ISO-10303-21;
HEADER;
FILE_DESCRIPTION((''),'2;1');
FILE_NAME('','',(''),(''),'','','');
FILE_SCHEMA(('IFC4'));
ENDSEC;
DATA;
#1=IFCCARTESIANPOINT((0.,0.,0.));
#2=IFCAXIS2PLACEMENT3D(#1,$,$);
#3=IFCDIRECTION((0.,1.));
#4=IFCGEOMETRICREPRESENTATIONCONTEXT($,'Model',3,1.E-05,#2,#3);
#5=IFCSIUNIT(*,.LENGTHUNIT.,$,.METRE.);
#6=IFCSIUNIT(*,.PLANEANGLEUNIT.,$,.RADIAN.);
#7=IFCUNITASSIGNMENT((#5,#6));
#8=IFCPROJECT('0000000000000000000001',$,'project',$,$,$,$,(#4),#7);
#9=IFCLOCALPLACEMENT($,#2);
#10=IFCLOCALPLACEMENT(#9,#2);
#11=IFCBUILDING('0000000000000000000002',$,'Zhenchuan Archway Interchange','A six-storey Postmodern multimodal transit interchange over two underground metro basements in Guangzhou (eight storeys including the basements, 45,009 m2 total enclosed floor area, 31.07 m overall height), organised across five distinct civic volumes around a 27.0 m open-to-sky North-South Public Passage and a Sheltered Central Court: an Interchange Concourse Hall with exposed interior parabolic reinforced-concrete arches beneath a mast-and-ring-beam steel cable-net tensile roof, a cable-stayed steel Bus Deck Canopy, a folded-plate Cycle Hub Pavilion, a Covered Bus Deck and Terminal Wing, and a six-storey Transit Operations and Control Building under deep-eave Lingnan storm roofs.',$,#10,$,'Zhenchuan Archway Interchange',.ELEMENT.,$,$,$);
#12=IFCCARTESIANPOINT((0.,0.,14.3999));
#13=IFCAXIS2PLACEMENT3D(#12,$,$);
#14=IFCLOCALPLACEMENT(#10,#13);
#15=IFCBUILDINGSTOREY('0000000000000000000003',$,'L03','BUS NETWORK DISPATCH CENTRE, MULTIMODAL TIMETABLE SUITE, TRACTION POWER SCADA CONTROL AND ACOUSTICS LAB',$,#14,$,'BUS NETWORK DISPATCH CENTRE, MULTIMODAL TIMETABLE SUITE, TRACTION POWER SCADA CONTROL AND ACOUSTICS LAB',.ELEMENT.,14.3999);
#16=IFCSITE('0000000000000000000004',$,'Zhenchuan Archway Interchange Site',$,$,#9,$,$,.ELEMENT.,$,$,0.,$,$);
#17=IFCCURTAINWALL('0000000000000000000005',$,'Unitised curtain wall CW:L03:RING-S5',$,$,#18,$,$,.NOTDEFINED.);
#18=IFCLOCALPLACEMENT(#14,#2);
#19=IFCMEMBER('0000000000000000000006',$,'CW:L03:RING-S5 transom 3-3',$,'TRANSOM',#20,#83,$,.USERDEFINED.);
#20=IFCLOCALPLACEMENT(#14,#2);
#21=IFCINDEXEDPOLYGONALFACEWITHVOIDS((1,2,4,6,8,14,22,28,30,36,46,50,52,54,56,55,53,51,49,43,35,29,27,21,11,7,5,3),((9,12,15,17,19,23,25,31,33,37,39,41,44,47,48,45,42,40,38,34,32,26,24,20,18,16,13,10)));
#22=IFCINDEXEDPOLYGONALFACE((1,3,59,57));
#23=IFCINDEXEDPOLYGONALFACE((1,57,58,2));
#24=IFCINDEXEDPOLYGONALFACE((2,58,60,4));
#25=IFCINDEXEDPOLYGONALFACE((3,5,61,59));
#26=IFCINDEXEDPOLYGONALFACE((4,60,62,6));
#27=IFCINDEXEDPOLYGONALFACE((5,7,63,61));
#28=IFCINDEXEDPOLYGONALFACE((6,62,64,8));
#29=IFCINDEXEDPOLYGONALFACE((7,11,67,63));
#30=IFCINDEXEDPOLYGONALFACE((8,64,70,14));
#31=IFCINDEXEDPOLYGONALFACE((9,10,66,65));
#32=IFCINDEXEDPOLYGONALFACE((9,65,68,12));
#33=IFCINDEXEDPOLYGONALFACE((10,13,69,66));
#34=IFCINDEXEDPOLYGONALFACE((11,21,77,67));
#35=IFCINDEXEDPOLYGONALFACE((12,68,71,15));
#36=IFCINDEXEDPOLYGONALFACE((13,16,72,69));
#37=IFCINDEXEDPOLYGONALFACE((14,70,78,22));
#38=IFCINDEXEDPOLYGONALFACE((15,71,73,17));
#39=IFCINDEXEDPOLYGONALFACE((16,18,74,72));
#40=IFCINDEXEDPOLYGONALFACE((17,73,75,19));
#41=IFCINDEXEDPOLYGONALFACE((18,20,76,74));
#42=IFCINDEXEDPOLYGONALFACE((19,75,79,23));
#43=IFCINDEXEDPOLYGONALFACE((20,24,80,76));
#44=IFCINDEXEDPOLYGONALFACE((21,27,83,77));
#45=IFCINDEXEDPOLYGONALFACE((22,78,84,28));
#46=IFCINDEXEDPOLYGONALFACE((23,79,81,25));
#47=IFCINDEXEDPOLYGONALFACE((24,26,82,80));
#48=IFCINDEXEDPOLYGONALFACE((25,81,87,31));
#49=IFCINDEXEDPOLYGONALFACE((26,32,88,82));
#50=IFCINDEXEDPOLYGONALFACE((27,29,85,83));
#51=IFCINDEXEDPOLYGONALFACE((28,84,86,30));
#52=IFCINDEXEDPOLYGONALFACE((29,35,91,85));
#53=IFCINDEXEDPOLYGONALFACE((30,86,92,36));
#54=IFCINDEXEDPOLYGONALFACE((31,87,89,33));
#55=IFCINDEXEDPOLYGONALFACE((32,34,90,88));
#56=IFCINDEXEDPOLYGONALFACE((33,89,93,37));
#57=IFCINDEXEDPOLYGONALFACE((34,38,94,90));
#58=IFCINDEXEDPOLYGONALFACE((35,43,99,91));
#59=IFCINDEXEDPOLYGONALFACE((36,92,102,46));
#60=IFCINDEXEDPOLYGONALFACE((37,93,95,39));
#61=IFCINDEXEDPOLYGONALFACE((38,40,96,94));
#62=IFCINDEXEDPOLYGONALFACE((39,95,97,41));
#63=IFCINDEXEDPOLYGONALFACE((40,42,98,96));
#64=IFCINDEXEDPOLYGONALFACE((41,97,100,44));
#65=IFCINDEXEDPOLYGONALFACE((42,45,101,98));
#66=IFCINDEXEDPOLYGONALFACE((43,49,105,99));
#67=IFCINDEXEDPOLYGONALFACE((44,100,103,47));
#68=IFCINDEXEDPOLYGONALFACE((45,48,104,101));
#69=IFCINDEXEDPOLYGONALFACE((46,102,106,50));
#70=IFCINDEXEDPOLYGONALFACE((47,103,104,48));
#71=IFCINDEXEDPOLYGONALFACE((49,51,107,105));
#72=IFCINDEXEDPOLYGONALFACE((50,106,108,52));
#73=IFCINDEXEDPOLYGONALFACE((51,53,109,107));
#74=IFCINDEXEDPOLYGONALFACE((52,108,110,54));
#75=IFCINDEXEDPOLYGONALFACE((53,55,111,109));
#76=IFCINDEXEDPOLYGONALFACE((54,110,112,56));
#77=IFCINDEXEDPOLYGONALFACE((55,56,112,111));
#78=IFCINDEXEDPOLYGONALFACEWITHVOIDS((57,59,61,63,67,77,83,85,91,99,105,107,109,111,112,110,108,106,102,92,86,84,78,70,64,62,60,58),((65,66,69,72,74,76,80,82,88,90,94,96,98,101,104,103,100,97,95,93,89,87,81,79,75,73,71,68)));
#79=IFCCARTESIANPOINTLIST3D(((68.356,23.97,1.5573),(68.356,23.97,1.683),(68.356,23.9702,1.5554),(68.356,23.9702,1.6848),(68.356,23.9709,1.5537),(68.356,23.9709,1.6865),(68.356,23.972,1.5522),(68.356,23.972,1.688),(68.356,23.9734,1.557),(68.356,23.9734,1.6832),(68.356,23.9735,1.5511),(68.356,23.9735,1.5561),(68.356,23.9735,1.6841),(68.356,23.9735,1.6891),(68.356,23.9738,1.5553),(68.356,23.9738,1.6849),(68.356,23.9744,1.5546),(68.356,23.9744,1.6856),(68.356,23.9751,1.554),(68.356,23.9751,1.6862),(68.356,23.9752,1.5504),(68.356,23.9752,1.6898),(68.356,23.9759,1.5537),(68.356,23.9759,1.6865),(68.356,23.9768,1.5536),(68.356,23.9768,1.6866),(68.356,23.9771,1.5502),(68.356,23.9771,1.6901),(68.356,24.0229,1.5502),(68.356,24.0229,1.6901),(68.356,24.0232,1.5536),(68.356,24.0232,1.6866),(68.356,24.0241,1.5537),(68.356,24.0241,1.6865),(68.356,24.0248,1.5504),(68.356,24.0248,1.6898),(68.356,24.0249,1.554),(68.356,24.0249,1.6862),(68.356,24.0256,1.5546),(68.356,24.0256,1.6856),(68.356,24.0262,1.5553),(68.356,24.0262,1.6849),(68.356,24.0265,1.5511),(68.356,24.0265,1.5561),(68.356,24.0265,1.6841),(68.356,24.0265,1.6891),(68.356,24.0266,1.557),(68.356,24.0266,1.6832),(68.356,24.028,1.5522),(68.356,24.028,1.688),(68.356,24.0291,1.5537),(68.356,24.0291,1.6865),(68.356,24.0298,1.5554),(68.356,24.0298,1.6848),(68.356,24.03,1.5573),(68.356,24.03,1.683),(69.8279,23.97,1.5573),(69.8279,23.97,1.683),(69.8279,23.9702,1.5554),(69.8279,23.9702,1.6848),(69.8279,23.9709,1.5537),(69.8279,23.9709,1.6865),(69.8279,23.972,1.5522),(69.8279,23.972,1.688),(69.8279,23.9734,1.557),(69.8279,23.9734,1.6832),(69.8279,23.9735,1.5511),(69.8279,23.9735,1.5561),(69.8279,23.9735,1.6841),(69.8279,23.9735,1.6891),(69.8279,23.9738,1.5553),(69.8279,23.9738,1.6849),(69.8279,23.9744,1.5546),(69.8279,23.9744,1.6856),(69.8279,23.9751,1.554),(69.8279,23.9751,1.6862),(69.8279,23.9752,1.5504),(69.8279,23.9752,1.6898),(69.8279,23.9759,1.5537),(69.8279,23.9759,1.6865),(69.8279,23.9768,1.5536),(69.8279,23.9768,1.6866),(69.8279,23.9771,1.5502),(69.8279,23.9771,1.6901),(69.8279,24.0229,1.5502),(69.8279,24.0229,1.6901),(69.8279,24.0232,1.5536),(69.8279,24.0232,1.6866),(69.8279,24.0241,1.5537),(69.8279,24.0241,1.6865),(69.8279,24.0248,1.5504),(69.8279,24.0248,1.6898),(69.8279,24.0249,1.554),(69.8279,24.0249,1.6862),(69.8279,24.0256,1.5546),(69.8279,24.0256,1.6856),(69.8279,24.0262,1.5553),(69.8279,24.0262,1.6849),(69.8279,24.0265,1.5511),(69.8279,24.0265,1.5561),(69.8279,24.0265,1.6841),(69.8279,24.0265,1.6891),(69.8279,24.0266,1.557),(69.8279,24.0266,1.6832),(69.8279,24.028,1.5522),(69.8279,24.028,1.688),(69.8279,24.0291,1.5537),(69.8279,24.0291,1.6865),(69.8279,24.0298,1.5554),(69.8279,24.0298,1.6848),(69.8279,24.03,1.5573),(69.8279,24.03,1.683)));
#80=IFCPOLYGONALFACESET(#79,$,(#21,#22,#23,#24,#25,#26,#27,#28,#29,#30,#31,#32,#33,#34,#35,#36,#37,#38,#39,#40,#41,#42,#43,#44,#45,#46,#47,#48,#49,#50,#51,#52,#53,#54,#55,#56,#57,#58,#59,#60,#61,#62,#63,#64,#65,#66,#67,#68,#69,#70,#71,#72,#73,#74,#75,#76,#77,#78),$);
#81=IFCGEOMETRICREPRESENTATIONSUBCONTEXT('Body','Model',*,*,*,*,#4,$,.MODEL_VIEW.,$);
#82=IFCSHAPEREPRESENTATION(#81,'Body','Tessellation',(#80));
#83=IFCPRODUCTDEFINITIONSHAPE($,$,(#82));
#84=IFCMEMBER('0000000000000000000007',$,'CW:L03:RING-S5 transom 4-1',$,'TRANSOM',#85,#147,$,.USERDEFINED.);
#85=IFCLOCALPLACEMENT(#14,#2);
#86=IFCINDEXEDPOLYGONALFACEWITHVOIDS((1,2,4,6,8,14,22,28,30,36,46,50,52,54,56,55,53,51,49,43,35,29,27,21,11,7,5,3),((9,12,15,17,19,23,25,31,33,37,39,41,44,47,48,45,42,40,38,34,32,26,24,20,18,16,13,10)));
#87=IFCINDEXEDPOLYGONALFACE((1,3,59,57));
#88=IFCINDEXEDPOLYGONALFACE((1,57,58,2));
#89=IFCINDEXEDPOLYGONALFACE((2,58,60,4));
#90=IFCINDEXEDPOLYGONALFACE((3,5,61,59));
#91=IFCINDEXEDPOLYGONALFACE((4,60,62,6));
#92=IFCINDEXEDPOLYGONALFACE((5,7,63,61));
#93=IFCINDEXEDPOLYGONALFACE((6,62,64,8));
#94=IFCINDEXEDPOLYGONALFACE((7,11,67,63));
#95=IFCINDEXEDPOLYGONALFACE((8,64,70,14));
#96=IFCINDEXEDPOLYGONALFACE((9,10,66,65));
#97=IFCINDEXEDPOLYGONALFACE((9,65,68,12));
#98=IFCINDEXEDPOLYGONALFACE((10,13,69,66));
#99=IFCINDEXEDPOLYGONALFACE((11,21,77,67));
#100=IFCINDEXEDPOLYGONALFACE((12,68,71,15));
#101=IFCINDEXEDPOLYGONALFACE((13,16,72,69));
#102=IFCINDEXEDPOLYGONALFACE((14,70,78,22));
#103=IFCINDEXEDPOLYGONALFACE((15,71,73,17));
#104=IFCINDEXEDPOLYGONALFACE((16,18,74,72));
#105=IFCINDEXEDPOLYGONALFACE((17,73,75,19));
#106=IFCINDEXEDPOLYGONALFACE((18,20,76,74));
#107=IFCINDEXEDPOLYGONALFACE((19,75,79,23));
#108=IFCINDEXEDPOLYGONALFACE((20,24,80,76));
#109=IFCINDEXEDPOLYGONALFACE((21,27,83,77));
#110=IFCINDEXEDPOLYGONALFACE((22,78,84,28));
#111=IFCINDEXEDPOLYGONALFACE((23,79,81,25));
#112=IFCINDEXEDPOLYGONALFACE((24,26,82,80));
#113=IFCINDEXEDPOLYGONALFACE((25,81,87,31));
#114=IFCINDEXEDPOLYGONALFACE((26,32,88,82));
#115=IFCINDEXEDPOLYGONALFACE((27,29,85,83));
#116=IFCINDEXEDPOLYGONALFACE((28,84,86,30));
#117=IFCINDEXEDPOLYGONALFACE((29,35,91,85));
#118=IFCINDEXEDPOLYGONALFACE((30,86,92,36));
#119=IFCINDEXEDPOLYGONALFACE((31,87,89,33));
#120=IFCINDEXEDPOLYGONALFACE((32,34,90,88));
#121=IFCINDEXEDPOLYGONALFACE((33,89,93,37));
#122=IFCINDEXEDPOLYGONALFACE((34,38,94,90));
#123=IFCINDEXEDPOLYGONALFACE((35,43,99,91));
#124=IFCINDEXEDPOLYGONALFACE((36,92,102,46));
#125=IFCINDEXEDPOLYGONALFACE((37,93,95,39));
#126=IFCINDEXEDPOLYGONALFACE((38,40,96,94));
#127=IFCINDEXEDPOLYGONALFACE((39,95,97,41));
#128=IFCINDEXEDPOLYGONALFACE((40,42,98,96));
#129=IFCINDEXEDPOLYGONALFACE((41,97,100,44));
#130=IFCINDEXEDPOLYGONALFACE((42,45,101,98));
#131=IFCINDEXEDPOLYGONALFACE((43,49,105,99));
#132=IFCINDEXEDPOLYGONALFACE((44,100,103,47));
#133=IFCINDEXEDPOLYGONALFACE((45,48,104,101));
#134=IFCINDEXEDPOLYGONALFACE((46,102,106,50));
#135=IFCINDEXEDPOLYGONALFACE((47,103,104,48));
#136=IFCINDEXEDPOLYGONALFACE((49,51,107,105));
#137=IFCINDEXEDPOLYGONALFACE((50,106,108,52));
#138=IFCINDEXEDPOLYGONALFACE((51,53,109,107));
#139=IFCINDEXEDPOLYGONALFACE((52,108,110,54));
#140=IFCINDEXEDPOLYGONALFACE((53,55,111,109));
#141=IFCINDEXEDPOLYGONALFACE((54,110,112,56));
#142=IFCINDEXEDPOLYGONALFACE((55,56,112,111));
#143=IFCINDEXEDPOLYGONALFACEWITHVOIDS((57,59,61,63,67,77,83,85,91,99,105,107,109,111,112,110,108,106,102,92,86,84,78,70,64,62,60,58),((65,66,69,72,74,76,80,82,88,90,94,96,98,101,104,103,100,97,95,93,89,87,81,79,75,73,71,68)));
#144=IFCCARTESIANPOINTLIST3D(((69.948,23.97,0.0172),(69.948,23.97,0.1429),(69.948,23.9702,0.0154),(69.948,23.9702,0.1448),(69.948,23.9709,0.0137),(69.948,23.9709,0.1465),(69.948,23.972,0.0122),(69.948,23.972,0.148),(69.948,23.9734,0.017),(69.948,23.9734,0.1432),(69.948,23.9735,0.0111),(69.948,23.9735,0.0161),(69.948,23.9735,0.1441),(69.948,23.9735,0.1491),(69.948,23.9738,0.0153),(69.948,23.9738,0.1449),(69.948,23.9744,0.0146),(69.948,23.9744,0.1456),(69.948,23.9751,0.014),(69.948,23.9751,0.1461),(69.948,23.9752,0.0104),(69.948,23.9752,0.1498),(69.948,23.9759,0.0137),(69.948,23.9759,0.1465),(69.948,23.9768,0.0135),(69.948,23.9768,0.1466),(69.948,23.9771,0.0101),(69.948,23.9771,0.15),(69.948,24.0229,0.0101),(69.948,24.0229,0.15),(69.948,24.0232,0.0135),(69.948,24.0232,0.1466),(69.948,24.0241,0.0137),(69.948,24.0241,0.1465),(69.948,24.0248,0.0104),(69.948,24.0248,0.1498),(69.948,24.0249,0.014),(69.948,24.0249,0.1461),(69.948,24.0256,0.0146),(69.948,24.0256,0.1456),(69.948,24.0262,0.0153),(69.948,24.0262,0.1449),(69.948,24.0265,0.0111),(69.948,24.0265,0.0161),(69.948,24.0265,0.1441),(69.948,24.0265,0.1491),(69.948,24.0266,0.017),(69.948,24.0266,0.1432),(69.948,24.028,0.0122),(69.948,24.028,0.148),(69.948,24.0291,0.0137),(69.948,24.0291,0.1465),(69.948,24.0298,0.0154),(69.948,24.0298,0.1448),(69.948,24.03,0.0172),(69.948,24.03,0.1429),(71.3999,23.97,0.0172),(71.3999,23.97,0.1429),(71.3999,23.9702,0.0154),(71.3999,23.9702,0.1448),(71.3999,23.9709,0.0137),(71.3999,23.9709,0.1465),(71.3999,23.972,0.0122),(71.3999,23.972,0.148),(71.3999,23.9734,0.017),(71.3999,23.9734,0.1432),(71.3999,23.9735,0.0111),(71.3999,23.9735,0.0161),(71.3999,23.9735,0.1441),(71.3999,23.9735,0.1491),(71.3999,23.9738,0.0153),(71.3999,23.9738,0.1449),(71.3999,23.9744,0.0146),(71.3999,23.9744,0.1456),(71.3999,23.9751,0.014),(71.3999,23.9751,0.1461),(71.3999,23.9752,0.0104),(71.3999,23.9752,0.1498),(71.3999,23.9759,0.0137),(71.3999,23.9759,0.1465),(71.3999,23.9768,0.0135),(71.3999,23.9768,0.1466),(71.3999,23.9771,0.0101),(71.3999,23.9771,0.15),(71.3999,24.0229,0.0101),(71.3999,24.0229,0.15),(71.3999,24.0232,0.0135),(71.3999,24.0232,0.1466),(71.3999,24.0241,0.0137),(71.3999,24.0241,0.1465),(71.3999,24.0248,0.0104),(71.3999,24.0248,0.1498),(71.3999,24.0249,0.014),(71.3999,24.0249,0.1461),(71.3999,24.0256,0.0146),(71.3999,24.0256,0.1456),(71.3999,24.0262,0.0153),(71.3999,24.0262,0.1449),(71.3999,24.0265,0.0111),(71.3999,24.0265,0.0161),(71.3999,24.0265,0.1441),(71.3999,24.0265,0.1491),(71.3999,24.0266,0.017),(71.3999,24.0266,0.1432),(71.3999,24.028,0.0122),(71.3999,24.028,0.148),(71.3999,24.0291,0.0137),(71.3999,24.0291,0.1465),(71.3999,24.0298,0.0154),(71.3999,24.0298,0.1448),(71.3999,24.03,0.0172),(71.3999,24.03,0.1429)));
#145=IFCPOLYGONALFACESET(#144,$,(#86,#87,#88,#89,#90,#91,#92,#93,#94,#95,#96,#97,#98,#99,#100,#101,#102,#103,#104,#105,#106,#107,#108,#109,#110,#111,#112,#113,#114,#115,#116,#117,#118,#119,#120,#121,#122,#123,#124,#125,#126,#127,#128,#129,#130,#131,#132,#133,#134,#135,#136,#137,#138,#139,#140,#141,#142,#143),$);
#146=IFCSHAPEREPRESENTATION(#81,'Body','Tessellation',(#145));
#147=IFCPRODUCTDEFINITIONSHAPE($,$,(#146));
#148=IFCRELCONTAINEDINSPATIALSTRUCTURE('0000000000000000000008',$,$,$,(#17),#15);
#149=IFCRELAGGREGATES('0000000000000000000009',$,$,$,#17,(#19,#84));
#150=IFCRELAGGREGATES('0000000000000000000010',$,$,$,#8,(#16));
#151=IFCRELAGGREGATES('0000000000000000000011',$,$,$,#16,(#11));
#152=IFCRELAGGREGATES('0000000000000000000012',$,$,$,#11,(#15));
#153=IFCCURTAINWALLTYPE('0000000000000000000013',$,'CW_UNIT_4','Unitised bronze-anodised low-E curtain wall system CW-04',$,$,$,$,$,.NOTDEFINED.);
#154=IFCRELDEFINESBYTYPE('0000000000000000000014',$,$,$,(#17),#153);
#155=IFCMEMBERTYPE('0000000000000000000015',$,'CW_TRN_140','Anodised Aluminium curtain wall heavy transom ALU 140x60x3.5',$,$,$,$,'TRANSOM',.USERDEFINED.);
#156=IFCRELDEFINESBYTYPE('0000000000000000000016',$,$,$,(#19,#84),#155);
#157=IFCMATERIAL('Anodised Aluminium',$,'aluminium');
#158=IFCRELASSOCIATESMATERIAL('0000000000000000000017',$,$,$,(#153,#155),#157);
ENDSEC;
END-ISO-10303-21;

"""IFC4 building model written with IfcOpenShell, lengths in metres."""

from ifc_helpers import new_model, si_unit, direction, frame, origin, origin_2d, place, context, subcontext, project, spatial, hollow_rectangle, extrude, material, material_profile, profile_set, type_object, element, aggregate, save


model = new_model("IFC4")

# Units and contexts
model_context = context("Model", 3, precision=1e-05, world=origin(), true_north=direction((0.0, 1.0)))
body_context = subcontext(model_context, "Body", "Model", "MODEL_VIEW")
ifc_project = project(units=[si_unit("LENGTHUNIT", "METRE"), si_unit("PLANEANGLEUNIT", "RADIAN")], contexts=[model_context])

# Site, building, storey
site_placement = place(None, origin())
site = spatial("IfcSite", under=ifc_project, at=site_placement, Name="Zhenchuan Archway Interchange Site", CompositionType="ELEMENT", RefElevation=0.0)
building_placement = place(site_placement, origin())
building = spatial("IfcBuilding", under=site, at=building_placement, Name="Zhenchuan Archway Interchange", Description="A six-storey Postmodern multimodal transit interchange over two underground metro basements in Guangzhou (eight storeys including the basements, 45,009 m2 total enclosed floor area, 31.07 m overall height), organised across five distinct civic volumes around a 27.0 m open-to-sky North-South Public Passage and a Sheltered Central Court: an Interchange Concourse Hall with exposed interior parabolic reinforced-concrete arches beneath a mast-and-ring-beam steel cable-net tensile roof, a cable-stayed steel Bus Deck Canopy, a folded-plate Cycle Hub Pavilion, a Covered Bus Deck and Terminal Wing, and a six-storey Transit Operations and Control Building under deep-eave Lingnan storm roofs.", LongName="Zhenchuan Archway Interchange", CompositionType="ELEMENT")
storey_placement = place(building_placement, frame((0.0, 0.0, 14.3999)))
storey = spatial("IfcBuildingStorey", under=building, at=storey_placement, Name="L03", Description="BUS NETWORK DISPATCH CENTRE, MULTIMODAL TIMETABLE SUITE, TRACTION POWER SCADA CONTROL AND ACOUSTICS LAB", LongName="BUS NETWORK DISPATCH CENTRE, MULTIMODAL TIMETABLE SUITE, TRACTION POWER SCADA CONTROL AND ACOUSTICS LAB", CompositionType="ELEMENT", Elevation=14.3999)

# Curtain wall
ifc_material_1 = material(Name="Anodised Aluminium", Category="aluminium")
curtain_wall_type_1 = type_object("IfcCurtainWallType", Name="CW_UNIT_4", Description="Unitised bronze-anodised low-E curtain wall system CW-04", PredefinedType="NOTDEFINED", material=ifc_material_1)
curtain_wall_1_placement = place(storey_placement, origin())
curtain_wall_1 = element("IfcCurtainWall", 1, at=curtain_wall_1_placement, inside=storey, type_object=curtain_wall_type_1, Name="Unitised curtain wall CW:L03:RING-S5", PredefinedType="NOTDEFINED")

# Members
ifc_material_profile_1 = material_profile(ifc_material_1, hollow_rectangle(XDim=0.0601, YDim=0.1399, WallThickness=0.0034, InnerFilletRadius=0.0034, OuterFilletRadius=0.0071, at=origin_2d()), Name="ALU 140x60x3.5")
ifc_profile_set_1 = profile_set([ifc_material_profile_1], Name="Anodised Aluminium")
member_type_1 = type_object("IfcMemberType", Name="CW_TRN_140", Description="Anodised Aluminium curtain wall heavy transom ALU 140x60x3.5", ElementType="TRANSOM", PredefinedType="USERDEFINED", material=ifc_profile_set_1)
member_1_placement = place(storey_placement, frame((68.356, 24.0, 1.6201), z_axis=(1.0, 0.0, 0.0), x_axis=(0.0, 1.0, 0.0)))
member_1 = element("IfcMember", 2, at=member_1_placement, type_object=member_type_1, Name="CW:L03:RING-S5 transom 3-3", ObjectType="TRANSOM", PredefinedType="USERDEFINED", context=body_context, shape_type="SweptSolid", body=[
    extrude(hollow_rectangle(XDim=0.0601, YDim=0.1399, WallThickness=0.0034, InnerFilletRadius=0.0034, OuterFilletRadius=0.0071, at=origin_2d()), origin(), (0.0, 0.0, 1.0), 1.4719),
])
member_2_placement = place(storey_placement, frame((69.948, 24.0, 0.0801), z_axis=(1.0, 0.0, 0.0), x_axis=(0.0, 1.0, 0.0)))
member_2 = element("IfcMember", 3, at=member_2_placement, type_object=member_type_1, Name="CW:L03:RING-S5 transom 4-1", ObjectType="TRANSOM", PredefinedType="USERDEFINED", context=body_context, shape_type="SweptSolid", body=[
    extrude(hollow_rectangle(XDim=0.0601, YDim=0.1399, WallThickness=0.0034, InnerFilletRadius=0.0034, OuterFilletRadius=0.0071, at=origin_2d()), origin(), (0.0, 0.0, 1.0), 1.4519),
])

aggregate(curtain_wall_1, [member_1, member_2])

save(model, "model.ifc")
